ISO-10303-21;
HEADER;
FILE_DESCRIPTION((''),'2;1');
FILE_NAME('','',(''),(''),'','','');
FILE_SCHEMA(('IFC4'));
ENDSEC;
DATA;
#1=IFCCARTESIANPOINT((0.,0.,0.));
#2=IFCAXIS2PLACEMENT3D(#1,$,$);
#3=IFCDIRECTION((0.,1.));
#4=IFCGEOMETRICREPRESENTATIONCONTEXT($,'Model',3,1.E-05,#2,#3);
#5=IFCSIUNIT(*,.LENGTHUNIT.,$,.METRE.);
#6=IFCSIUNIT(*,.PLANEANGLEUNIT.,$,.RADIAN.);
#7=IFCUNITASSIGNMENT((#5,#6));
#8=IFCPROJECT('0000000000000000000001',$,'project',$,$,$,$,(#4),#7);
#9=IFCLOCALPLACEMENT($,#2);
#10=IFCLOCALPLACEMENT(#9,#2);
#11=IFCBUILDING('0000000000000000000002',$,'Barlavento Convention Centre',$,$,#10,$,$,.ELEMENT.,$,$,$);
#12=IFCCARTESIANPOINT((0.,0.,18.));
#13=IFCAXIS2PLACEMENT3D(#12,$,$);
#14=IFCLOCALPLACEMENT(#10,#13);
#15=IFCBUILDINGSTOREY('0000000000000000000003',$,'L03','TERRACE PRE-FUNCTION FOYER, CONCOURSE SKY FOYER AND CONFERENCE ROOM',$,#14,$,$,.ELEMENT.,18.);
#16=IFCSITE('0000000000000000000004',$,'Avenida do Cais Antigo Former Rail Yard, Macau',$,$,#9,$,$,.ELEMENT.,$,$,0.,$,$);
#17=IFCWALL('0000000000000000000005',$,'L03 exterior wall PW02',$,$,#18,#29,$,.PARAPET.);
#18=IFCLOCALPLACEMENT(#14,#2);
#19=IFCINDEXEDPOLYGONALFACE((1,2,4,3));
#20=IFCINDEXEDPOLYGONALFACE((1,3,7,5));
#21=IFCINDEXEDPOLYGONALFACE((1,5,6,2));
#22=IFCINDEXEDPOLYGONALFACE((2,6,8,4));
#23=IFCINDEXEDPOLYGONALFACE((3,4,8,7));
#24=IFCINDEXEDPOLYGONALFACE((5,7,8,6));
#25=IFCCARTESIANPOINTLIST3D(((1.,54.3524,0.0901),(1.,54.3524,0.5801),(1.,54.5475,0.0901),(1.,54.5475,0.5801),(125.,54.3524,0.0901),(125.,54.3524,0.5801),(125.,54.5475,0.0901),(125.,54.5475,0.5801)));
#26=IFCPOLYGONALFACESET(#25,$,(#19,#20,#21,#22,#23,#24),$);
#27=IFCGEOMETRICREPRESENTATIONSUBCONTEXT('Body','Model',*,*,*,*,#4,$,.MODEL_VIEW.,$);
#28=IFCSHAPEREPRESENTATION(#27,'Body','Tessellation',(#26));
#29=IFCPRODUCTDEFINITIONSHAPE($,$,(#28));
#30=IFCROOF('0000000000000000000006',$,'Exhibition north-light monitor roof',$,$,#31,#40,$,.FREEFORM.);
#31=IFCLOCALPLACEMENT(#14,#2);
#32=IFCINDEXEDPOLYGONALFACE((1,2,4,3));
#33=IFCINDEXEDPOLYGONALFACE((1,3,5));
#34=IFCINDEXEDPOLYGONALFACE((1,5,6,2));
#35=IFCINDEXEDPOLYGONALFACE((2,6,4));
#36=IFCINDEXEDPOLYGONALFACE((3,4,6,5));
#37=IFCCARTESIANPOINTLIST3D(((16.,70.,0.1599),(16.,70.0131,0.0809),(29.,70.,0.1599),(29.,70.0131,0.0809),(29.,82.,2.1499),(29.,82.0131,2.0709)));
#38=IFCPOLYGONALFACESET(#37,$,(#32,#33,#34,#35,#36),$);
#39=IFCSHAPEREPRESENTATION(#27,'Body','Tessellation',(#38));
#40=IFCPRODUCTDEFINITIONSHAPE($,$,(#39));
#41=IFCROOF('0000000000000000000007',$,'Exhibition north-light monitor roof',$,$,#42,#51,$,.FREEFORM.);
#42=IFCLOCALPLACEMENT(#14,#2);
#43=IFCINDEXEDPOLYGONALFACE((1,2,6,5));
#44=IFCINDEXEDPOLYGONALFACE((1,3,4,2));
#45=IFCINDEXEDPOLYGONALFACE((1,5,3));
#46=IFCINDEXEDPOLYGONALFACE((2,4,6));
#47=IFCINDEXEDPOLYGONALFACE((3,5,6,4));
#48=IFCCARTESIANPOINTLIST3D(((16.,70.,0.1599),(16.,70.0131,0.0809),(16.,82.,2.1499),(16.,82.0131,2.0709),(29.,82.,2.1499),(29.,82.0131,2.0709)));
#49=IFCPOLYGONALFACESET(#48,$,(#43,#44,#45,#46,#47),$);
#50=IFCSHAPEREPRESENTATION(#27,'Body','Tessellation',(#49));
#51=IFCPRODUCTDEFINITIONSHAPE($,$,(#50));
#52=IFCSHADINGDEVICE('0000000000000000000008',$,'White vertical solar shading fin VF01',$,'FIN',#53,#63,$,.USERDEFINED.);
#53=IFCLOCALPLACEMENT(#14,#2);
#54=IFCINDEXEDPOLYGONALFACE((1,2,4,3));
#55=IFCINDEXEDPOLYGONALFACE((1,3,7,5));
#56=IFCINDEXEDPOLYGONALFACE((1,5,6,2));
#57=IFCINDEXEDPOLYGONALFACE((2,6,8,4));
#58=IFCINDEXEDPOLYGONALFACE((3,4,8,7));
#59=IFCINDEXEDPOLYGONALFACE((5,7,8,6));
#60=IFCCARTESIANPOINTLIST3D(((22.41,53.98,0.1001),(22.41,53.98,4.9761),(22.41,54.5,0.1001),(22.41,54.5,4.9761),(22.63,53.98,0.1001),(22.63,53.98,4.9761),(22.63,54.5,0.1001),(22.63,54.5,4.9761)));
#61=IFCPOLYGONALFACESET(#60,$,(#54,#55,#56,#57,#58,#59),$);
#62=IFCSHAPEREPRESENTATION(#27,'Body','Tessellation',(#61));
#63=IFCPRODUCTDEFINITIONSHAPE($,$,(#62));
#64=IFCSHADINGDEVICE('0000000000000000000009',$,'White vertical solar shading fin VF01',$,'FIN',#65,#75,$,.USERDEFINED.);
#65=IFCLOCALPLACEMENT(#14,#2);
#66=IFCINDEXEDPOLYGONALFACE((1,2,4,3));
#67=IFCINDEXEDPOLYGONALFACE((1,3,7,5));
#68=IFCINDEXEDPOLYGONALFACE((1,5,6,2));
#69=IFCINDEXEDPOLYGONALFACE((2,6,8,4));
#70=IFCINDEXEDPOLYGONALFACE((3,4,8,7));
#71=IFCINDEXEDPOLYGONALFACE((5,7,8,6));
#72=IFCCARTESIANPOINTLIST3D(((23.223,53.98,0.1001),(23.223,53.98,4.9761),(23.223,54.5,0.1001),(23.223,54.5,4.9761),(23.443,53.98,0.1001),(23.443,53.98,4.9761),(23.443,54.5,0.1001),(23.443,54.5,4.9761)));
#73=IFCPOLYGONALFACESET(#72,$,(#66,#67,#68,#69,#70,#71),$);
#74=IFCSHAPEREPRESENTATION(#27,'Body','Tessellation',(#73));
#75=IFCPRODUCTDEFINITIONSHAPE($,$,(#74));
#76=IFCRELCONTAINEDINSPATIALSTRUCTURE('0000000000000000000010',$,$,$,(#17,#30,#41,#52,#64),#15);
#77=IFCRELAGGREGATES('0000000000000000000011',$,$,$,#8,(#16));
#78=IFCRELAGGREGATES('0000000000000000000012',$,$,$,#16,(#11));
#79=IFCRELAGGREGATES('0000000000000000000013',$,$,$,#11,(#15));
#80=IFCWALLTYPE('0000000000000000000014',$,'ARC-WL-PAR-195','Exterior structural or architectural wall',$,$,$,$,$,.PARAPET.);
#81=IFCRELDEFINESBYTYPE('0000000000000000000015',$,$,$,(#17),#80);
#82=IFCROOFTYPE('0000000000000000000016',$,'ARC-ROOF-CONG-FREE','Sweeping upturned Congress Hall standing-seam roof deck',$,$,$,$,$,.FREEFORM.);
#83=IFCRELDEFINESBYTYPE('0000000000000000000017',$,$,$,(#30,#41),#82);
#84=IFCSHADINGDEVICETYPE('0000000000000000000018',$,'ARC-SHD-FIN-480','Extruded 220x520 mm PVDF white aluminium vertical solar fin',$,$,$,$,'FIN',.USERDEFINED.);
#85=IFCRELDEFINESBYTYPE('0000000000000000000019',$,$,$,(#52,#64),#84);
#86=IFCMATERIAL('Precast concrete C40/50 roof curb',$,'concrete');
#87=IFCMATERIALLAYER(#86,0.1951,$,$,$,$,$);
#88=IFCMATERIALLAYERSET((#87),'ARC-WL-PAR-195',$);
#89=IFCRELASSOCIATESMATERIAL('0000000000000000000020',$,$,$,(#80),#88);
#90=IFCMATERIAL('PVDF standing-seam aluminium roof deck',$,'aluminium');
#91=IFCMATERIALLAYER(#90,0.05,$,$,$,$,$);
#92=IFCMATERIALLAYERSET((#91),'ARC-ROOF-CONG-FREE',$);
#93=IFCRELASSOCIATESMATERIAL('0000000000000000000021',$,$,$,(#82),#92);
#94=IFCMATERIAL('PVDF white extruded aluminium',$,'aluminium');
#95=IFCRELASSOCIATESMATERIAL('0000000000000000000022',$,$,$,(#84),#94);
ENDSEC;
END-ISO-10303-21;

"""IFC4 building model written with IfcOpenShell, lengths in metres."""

from ifc_helpers import new_model, si_unit, direction, frame, frame_2d, origin, origin_2d, place, context, subcontext, project, spatial, polyline, rectangle, outline, extrude, material, layer, layer_set, type_object, element, save


model = new_model("IFC4")

# Units and contexts
model_context = context("Model", 3, precision=1e-05, world=origin(), true_north=direction((0.0, 1.0)))
body_context = subcontext(model_context, "Body", "Model", "MODEL_VIEW")
ifc_project = project(units=[si_unit("LENGTHUNIT", "METRE"), si_unit("PLANEANGLEUNIT", "RADIAN")], contexts=[model_context])

# Site, building, storey
site_placement = place(None, origin())
site = spatial("IfcSite", under=ifc_project, at=site_placement, Name="Avenida do Cais Antigo Former Rail Yard, Macau", CompositionType="ELEMENT", RefElevation=0.0)
building_placement = place(site_placement, origin())
building = spatial("IfcBuilding", under=site, at=building_placement, Name="Barlavento Convention Centre", CompositionType="ELEMENT")
storey_placement = place(building_placement, frame((0.0, 0.0, 18.0)))
storey = spatial("IfcBuildingStorey", under=building, at=storey_placement, Name="L03", Description="TERRACE PRE-FUNCTION FOYER, CONCOURSE SKY FOYER AND CONFERENCE ROOM", CompositionType="ELEMENT", Elevation=18.0)

# Wall
ifc_material_1 = material(Name="Precast concrete C40/50 roof curb", Category="concrete")
ifc_layer_1 = layer(ifc_material_1, 0.1951)
ifc_layer_set_1 = layer_set([ifc_layer_1], Name="ARC-WL-PAR-195")
wall_type = type_object("IfcWallType", Name="ARC-WL-PAR-195", Description="Exterior structural or architectural wall", PredefinedType="PARAPET", material=ifc_layer_set_1)
wall_placement = place(storey_placement, frame((1.0, 54.45, 0.0901), z_axis=(0.0, 0.0, 1.0), x_axis=(1.0, 0.0, 0.0)))
element("IfcWall", 1, at=wall_placement, inside=storey, type_object=wall_type, Name="L03 exterior wall PW02", PredefinedType="PARAPET", context=body_context, shape_type="SweptSolid", body=[
    extrude(rectangle(XDim=124.0, YDim=0.1951, at=frame_2d((62.0, 0.0))), origin(), (0.0, 0.0, 1.0), 0.49),
])

# Roofs
ifc_material_2 = material(Name="PVDF standing-seam aluminium roof deck", Category="aluminium")
ifc_layer_2 = layer(ifc_material_2, 0.05)
ifc_layer_set_2 = layer_set([ifc_layer_2], Name="ARC-ROOF-CONG-FREE")
roof_type = type_object("IfcRoofType", Name="ARC-ROOF-CONG-FREE", Description="Sweeping upturned Congress Hall standing-seam roof deck", PredefinedType="FREEFORM", material=ifc_layer_set_2)
roof_1_placement = place(storey_placement, frame((16.0, 70.0, 0.1599), z_axis=(0.0, -0.163598, 0.986527), x_axis=(1.0, 0.0, 0.0)))
element("IfcRoof", 2, at=roof_1_placement, inside=storey, type_object=roof_type, Name="Exhibition north-light monitor roof", PredefinedType="FREEFORM", context=body_context, shape_type="SweptSolid", body=[
    extrude(outline(polyline([(0.0, 0.0), (13.0, 0.0), (13.0, 12.1639), (0.0, 0.0)])), origin(), (0.0, 0.0, -1.0), 0.0801),
])
roof_2_placement = place(storey_placement, frame((16.0, 70.0, 0.1599), z_axis=(0.0, -0.163598, 0.986527), x_axis=(0.730199, 0.67403, 0.111776)))
element("IfcRoof", 3, at=roof_2_placement, inside=storey, type_object=roof_type, Name="Exhibition north-light monitor roof", PredefinedType="FREEFORM", context=body_context, shape_type="SweptSolid", body=[
    extrude(outline(polyline([(0.0, 0.0), (17.8034, 0.0), (8.3108, 8.8821), (0.0, 0.0)])), origin(), (0.0, 0.0, -1.0), 0.0801),
])

# Shading devices
ifc_material_3 = material(Name="PVDF white extruded aluminium", Category="aluminium")
shading_device_type = type_object("IfcShadingDeviceType", Name="ARC-SHD-FIN-480", Description="Extruded 220x520 mm PVDF white aluminium vertical solar fin", ElementType="FIN", PredefinedType="USERDEFINED", material=ifc_material_3)
for number, where, z_axis, x_axis, name in (
    (4, (22.52, 54.24, 0.1001), (0.0, 0.0, 1.0), (1.0, 0.0, 0.0), "White vertical solar shading fin VF01"),
    (5, (23.333, 54.24, 0.1001), (0.0, 0.0, 1.0), (1.0, 0.0, 0.0), "White vertical solar shading fin VF01"),
):
    element("IfcShadingDevice", number, at=place(storey_placement, frame(where, z_axis=z_axis, x_axis=x_axis)), inside=storey, type_object=shading_device_type, Name=name, ObjectType="FIN", PredefinedType="USERDEFINED", context=body_context, shape_type="SweptSolid", body=[
        extrude(rectangle(XDim=0.22, YDim=0.52, at=origin_2d()), origin(), (0.0, 0.0, 1.0), 4.876),
    ])

save(model, "model.ifc")
